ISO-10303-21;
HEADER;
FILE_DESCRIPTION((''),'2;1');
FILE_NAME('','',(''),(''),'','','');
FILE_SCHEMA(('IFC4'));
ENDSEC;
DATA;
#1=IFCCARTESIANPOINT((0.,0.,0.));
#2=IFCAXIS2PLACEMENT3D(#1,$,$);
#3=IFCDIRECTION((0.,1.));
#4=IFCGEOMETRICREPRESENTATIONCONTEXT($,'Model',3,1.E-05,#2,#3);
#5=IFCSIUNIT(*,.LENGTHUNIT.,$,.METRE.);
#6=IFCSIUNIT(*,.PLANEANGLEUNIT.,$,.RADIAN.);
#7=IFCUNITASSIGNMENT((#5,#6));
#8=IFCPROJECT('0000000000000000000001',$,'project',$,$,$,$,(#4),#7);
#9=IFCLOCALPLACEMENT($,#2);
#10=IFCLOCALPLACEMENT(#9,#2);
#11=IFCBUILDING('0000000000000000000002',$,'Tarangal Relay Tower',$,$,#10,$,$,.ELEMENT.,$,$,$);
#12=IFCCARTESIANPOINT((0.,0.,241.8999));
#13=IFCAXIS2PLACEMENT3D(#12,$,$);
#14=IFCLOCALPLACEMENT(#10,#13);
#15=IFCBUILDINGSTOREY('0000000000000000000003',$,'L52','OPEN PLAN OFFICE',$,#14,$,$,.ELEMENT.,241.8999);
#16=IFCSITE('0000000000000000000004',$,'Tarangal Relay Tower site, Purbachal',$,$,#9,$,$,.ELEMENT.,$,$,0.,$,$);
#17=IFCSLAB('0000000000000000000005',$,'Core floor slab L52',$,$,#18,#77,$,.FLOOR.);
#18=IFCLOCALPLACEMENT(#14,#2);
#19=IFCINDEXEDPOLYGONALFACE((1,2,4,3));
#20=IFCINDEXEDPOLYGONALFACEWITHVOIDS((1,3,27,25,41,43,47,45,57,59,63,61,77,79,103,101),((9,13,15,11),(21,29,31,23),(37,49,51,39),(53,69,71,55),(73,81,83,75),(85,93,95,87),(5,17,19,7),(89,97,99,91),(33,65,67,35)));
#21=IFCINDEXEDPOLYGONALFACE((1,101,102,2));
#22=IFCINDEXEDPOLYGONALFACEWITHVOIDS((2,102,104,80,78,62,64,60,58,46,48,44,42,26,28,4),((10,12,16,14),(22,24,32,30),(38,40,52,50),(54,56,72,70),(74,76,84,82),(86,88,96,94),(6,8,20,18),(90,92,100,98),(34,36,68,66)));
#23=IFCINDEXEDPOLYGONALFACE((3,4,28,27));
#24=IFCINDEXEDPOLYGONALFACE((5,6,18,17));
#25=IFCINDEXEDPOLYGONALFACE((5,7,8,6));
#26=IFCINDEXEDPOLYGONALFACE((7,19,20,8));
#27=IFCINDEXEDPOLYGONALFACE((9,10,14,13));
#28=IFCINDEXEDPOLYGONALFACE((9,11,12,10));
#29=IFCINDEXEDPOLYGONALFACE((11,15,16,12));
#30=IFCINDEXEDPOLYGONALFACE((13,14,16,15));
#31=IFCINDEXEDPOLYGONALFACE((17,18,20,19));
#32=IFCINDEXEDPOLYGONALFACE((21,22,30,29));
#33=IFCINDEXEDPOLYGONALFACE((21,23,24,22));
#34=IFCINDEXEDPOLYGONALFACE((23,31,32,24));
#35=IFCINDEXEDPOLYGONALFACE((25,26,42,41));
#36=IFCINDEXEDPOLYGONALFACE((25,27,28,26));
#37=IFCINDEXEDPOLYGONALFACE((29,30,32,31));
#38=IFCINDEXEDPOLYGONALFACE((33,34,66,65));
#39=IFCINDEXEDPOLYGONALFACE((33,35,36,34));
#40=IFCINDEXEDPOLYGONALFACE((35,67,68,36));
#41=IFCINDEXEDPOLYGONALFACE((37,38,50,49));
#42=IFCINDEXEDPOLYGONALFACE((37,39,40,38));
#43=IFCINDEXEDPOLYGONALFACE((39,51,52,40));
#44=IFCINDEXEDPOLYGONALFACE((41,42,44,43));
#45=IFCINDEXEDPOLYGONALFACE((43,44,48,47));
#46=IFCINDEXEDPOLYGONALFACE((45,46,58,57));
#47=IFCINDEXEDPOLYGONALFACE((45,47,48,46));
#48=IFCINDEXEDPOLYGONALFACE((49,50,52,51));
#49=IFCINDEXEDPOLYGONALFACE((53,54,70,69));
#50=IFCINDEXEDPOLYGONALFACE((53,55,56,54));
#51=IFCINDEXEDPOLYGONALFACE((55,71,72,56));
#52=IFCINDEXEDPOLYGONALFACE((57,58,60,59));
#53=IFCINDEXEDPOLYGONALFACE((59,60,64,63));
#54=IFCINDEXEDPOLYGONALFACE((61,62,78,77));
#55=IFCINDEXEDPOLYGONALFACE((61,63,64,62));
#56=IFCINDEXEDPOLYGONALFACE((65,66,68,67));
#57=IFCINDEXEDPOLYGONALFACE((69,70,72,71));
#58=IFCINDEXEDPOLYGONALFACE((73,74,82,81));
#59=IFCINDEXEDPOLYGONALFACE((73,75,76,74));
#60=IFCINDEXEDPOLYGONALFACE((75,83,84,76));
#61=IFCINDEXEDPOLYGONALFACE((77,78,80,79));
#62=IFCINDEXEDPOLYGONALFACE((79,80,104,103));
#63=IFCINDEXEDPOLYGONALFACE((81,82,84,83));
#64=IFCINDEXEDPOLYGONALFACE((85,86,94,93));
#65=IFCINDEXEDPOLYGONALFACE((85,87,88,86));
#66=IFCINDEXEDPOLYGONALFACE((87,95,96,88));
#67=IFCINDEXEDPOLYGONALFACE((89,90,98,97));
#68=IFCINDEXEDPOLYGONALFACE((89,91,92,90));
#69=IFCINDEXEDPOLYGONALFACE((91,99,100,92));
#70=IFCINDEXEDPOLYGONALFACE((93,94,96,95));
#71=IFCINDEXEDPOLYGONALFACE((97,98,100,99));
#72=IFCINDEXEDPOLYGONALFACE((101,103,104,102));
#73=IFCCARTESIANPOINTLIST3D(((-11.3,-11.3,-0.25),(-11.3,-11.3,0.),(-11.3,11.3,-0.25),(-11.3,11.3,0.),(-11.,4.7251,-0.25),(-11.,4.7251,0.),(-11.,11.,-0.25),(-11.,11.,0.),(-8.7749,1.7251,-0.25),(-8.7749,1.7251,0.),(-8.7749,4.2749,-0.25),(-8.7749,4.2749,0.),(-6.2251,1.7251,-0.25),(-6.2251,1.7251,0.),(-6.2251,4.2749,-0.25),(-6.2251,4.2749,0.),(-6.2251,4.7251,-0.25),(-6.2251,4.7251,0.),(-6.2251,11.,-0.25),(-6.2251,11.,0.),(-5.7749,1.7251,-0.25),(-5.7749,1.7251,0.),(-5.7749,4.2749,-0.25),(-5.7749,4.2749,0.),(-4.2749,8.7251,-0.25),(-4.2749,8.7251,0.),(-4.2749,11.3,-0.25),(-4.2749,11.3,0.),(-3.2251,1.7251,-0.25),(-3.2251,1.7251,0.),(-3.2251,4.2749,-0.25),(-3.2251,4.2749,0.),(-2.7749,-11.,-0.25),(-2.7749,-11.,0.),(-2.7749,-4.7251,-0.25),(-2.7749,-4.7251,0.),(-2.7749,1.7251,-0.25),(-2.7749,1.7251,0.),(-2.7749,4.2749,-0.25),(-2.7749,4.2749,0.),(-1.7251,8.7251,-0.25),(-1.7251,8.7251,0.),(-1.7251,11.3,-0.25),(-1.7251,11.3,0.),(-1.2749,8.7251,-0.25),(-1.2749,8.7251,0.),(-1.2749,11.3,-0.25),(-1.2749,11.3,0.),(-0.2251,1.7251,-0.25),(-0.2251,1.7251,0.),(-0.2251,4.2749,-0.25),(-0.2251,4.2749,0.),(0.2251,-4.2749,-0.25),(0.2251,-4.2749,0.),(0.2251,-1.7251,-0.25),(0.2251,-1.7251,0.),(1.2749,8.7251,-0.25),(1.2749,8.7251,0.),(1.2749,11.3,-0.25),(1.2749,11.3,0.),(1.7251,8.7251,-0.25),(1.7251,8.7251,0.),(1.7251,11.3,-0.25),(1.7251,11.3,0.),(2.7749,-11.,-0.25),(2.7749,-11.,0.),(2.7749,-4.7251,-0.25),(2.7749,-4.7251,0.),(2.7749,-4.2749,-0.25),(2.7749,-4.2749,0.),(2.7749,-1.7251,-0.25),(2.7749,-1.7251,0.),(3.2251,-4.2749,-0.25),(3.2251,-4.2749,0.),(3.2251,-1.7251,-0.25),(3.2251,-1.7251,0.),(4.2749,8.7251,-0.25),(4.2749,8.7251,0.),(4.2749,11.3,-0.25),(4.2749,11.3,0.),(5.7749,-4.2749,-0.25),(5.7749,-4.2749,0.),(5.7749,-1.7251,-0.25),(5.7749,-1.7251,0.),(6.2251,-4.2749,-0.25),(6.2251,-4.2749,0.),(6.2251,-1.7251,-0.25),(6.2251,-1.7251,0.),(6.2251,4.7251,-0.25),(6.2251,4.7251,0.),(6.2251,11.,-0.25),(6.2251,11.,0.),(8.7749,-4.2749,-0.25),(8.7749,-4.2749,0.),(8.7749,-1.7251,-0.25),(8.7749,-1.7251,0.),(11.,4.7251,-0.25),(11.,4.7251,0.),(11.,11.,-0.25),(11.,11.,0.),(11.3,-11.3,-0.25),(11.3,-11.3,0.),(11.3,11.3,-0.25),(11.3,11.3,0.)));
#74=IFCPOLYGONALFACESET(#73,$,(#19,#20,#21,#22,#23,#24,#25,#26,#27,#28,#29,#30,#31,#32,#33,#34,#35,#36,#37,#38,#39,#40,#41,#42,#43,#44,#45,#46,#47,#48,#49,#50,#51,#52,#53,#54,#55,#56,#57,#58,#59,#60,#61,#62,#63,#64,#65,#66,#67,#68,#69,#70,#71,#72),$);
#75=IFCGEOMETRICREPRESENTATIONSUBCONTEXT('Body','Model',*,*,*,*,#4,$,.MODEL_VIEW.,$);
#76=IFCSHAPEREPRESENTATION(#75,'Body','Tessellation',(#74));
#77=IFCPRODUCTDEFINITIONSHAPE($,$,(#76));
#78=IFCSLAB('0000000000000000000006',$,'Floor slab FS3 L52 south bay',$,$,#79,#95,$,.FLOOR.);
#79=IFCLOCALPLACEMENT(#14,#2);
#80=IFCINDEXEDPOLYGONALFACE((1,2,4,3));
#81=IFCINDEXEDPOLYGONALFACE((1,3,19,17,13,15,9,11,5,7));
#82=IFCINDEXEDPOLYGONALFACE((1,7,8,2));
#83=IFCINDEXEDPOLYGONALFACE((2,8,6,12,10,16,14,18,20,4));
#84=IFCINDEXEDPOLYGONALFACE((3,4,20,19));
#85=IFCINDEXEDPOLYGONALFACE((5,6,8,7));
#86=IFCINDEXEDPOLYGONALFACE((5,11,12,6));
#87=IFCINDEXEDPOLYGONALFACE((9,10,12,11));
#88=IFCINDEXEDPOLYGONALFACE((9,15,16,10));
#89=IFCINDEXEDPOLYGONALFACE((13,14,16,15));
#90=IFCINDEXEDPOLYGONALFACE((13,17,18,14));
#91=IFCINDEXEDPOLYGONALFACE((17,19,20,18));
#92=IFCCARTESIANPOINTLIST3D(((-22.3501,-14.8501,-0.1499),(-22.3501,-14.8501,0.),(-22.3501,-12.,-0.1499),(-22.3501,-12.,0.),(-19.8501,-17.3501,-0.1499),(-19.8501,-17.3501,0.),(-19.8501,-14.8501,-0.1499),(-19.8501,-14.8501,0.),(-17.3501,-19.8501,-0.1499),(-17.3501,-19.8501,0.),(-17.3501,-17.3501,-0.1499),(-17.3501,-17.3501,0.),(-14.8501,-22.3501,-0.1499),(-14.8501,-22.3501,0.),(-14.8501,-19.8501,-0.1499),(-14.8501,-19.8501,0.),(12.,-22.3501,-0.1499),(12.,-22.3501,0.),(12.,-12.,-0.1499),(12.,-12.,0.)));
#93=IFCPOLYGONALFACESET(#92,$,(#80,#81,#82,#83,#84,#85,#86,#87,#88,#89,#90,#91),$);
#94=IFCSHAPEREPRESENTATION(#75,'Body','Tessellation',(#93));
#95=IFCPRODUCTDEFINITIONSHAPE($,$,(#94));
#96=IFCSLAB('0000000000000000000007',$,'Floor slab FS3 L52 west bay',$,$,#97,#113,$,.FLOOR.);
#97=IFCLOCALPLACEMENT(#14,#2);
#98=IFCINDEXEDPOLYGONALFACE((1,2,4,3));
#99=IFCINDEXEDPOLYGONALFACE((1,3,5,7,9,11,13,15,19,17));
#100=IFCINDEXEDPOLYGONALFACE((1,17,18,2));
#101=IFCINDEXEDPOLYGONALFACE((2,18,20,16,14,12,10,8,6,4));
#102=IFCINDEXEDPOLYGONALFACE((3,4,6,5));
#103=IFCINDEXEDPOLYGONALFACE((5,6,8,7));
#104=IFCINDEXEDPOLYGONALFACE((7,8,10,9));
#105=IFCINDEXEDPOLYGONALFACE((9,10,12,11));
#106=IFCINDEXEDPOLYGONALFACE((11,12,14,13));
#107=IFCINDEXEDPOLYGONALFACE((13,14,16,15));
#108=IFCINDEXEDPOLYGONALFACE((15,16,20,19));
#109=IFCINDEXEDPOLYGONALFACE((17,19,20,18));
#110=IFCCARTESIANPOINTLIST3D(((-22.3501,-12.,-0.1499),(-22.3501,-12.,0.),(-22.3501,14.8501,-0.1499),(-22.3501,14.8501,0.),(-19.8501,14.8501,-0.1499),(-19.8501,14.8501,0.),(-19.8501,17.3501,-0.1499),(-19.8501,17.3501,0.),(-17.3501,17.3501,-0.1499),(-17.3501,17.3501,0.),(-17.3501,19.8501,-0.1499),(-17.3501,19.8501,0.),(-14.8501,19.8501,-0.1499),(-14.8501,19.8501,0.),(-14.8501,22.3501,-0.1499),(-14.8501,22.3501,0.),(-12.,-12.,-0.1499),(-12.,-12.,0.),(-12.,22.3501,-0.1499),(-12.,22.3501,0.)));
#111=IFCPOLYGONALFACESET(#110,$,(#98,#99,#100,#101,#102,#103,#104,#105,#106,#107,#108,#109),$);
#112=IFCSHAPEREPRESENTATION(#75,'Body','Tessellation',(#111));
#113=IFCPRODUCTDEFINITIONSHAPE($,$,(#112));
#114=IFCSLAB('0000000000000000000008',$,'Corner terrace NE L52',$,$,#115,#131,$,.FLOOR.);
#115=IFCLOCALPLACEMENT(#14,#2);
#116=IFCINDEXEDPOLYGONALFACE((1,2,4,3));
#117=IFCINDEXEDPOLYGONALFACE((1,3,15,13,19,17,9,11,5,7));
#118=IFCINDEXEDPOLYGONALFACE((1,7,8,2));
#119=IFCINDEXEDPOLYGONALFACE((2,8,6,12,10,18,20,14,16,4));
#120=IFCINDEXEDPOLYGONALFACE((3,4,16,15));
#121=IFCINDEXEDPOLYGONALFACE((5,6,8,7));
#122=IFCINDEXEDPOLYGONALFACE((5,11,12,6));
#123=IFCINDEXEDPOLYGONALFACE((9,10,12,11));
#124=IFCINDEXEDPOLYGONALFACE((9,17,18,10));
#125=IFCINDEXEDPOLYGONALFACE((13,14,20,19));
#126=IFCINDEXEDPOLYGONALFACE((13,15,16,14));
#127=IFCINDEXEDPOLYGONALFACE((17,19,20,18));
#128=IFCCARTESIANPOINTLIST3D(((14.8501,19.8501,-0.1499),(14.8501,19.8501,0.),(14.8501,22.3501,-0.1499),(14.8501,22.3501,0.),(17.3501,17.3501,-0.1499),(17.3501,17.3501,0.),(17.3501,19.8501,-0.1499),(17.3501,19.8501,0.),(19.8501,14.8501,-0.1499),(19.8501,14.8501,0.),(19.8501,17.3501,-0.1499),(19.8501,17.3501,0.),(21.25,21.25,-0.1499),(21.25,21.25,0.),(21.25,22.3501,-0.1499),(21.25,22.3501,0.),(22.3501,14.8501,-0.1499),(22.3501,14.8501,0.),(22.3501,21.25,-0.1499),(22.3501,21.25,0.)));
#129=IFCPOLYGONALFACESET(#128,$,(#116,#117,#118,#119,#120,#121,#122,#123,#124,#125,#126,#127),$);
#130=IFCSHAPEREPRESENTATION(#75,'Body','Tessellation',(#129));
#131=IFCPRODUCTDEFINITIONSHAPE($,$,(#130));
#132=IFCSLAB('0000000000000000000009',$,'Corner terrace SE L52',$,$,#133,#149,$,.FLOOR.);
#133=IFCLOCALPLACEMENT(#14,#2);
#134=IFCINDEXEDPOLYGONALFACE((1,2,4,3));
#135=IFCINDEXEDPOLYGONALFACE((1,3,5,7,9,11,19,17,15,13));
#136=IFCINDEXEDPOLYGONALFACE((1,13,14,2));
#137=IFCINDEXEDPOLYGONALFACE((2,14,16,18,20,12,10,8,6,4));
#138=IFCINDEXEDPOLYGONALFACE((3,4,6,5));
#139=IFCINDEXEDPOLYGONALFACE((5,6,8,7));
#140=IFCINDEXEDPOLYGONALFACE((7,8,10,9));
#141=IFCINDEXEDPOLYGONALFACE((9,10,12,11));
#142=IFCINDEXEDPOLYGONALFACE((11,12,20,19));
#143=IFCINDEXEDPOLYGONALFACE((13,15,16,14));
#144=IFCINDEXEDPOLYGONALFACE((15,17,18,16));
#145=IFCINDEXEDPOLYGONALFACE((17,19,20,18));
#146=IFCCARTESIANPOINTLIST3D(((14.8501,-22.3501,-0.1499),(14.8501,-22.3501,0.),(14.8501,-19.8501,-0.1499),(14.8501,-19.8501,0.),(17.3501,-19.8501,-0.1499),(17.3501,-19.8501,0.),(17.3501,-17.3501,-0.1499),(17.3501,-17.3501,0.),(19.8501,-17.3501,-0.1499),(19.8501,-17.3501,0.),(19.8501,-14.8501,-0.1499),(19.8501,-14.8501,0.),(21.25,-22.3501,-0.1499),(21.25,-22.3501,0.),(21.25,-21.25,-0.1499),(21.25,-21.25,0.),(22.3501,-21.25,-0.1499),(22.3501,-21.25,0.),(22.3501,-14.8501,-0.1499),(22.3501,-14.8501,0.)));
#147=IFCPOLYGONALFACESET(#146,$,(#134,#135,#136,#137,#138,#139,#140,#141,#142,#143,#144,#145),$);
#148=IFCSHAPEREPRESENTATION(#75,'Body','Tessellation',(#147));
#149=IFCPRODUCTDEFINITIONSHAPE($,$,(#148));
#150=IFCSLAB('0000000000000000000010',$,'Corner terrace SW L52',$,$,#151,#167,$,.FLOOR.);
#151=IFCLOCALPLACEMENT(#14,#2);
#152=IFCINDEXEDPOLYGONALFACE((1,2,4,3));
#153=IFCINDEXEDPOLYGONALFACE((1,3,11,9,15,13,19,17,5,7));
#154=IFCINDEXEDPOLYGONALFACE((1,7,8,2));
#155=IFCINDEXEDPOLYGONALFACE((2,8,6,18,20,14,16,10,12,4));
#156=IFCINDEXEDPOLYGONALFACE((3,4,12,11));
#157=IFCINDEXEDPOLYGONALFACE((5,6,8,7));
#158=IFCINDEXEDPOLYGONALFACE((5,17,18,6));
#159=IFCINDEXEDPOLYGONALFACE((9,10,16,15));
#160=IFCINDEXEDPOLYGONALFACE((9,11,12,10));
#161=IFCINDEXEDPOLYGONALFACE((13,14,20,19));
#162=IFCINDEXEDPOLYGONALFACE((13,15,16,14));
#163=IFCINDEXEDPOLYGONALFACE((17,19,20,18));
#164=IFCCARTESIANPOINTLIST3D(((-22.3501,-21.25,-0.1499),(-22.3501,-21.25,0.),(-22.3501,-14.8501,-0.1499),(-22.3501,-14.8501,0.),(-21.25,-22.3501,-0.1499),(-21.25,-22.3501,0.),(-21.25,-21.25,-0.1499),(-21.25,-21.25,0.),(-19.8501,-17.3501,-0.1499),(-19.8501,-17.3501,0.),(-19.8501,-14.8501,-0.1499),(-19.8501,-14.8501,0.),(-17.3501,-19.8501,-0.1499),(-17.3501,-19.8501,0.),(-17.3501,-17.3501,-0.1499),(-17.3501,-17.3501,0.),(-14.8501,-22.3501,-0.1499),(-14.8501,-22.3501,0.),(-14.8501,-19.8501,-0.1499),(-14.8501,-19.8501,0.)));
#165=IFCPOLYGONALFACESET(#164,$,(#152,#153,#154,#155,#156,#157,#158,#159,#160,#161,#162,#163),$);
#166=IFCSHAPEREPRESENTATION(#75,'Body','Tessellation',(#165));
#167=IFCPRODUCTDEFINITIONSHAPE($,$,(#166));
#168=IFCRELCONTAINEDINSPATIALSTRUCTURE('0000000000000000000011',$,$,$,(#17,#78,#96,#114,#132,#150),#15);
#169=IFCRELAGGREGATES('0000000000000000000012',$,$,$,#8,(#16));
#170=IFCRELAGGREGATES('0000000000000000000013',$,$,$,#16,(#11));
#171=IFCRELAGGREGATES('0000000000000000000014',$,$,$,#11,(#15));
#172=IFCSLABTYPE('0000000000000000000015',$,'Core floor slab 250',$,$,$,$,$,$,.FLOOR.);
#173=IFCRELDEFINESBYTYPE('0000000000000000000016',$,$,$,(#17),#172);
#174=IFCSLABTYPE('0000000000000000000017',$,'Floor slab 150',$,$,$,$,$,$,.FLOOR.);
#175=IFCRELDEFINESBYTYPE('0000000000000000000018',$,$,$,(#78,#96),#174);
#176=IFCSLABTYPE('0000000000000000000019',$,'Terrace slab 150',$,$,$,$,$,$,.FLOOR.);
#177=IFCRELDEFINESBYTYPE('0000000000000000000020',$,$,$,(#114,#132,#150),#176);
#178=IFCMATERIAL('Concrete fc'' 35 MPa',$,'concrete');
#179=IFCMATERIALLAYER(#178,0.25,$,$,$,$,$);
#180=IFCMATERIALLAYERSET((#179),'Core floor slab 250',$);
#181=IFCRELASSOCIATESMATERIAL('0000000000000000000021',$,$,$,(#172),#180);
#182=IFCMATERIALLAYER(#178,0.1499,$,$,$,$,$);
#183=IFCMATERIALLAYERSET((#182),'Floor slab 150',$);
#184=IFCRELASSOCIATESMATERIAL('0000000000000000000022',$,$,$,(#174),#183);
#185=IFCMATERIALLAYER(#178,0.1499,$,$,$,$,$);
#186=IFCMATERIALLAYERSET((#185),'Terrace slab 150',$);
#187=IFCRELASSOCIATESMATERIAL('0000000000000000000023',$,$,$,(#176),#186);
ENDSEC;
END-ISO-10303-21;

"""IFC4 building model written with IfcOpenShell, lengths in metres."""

from ifc_helpers import new_model, si_unit, direction, frame, origin, place, context, subcontext, project, spatial, polyline, outline, extrude, material, layer, layer_set, type_object, element, save


model = new_model("IFC4")

# Units and contexts
model_context = context("Model", 3, precision=1e-05, world=origin(), true_north=direction((0.0, 1.0)))
body_context = subcontext(model_context, "Body", "Model", "MODEL_VIEW")
ifc_project = project(units=[si_unit("LENGTHUNIT", "METRE"), si_unit("PLANEANGLEUNIT", "RADIAN")], contexts=[model_context])

# Site, building, storey
site_placement = place(None, origin())
site = spatial("IfcSite", under=ifc_project, at=site_placement, Name="Tarangal Relay Tower site, Purbachal", CompositionType="ELEMENT", RefElevation=0.0)
building_placement = place(site_placement, origin())
building = spatial("IfcBuilding", under=site, at=building_placement, Name="Tarangal Relay Tower", CompositionType="ELEMENT")
storey_placement = place(building_placement, frame((0.0, 0.0, 241.8999)))
storey = spatial("IfcBuildingStorey", under=building, at=storey_placement, Name="L52", Description="OPEN PLAN OFFICE", CompositionType="ELEMENT", Elevation=241.8999)

# Slabs
ifc_material_1 = material(Name="Concrete fc' 35 MPa", Category="concrete")
ifc_layer_1 = layer(ifc_material_1, 0.25)
ifc_layer_set_1 = layer_set([ifc_layer_1], Name="Core floor slab 250")
slab_type_1 = type_object("IfcSlabType", Name="Core floor slab 250", PredefinedType="FLOOR", material=ifc_layer_set_1)
slab_1_placement = place(storey_placement, frame((0.0, 0.0, -0.25)))
element("IfcSlab", 1, at=slab_1_placement, inside=storey, type_object=slab_type_1, Name="Core floor slab L52", PredefinedType="FLOOR", context=body_context, shape_type="SweptSolid", body=[
    extrude(outline(polyline([(11.3, 11.3), (11.3, -11.3), (-11.3, -11.3), (-11.3, 11.3), (-4.2749, 11.3), (-4.2749, 8.7251), (-1.7251, 8.7251), (-1.7251, 11.3), (-1.2749, 11.3), (-1.2749, 8.7251), (1.2749, 8.7251), (1.2749, 11.3), (1.7251, 11.3), (1.7251, 8.7251), (4.2749, 8.7251), (4.2749, 11.3), (11.3, 11.3)]), holes=[polyline([(-6.2251, 4.2749), (-8.7749, 4.2749), (-8.7749, 1.7251), (-6.2251, 1.7251), (-6.2251, 4.2749)]), polyline([(-3.2251, 1.7251), (-3.2251, 4.2749), (-5.7749, 4.2749), (-5.7749, 1.7251), (-3.2251, 1.7251)]), polyline([(-0.2251, 1.7251), (-0.2251, 4.2749), (-2.7749, 4.2749), (-2.7749, 1.7251), (-0.2251, 1.7251)]), polyline([(-6.2251, 11.0), (-11.0, 11.0), (-11.0, 4.7251), (-6.2251, 4.7251), (-6.2251, 11.0)]), polyline([(2.7749, -4.7251), (-2.7749, -4.7251), (-2.7749, -11.0), (2.7749, -11.0), (2.7749, -4.7251)]), polyline([(2.7749, -4.2749), (2.7749, -1.7251), (0.2251, -1.7251), (0.2251, -4.2749), (2.7749, -4.2749)]), polyline([(5.7749, -4.2749), (5.7749, -1.7251), (3.2251, -1.7251), (3.2251, -4.2749), (5.7749, -4.2749)]), polyline([(8.7749, -1.7251), (6.2251, -1.7251), (6.2251, -4.2749), (8.7749, -4.2749), (8.7749, -1.7251)]), polyline([(11.0, 4.7251), (11.0, 11.0), (6.2251, 11.0), (6.2251, 4.7251), (11.0, 4.7251)])]), origin(), (0.0, 0.0, 1.0), 0.25),
])
ifc_layer_2 = layer(ifc_material_1, 0.1499)
ifc_layer_set_2 = layer_set([ifc_layer_2], Name="Floor slab 150")
slab_type_2 = type_object("IfcSlabType", Name="Floor slab 150", PredefinedType="FLOOR", material=ifc_layer_set_2)
slab_2_placement = place(storey_placement, frame((0.0, 0.0, -0.1499)))
element("IfcSlab", 2, at=slab_2_placement, inside=storey, type_object=slab_type_2, Name="Floor slab FS3 L52 south bay", PredefinedType="FLOOR", context=body_context, shape_type="SweptSolid", body=[
    extrude(outline(polyline([(-14.8501, -22.3501), (-14.8501, -19.8501), (-17.3501, -19.8501), (-17.3501, -17.3501), (-19.8501, -17.3501), (-19.8501, -14.8501), (-22.3501, -14.8501), (-22.3501, -12.0), (12.0, -12.0), (12.0, -22.3501), (-14.8501, -22.3501)])), origin(), (0.0, 0.0, 1.0), 0.1499),
])
slab_3_placement = place(storey_placement, frame((0.0, 0.0, -0.1499)))
element("IfcSlab", 3, at=slab_3_placement, inside=storey, type_object=slab_type_2, Name="Floor slab FS3 L52 west bay", PredefinedType="FLOOR", context=body_context, shape_type="SweptSolid", body=[
    extrude(outline(polyline([(-12.0, 22.3501), (-12.0, -12.0), (-22.3501, -12.0), (-22.3501, 14.8501), (-19.8501, 14.8501), (-19.8501, 17.3501), (-17.3501, 17.3501), (-17.3501, 19.8501), (-14.8501, 19.8501), (-14.8501, 22.3501), (-12.0, 22.3501)])), origin(), (0.0, 0.0, 1.0), 0.1499),
])
ifc_layer_3 = layer(ifc_material_1, 0.1499)
ifc_layer_set_3 = layer_set([ifc_layer_3], Name="Terrace slab 150")
slab_type_3 = type_object("IfcSlabType", Name="Terrace slab 150", PredefinedType="FLOOR", material=ifc_layer_set_3)
slab_4_placement = place(storey_placement, frame((0.0, 0.0, -0.1499)))
element("IfcSlab", 4, at=slab_4_placement, inside=storey, type_object=slab_type_3, Name="Corner terrace NE L52", PredefinedType="FLOOR", context=body_context, shape_type="SweptSolid", body=[
    extrude(outline(polyline([(14.8501, 22.3501), (14.8501, 19.8501), (17.3501, 19.8501), (17.3501, 17.3501), (19.8501, 17.3501), (19.8501, 14.8501), (22.3501, 14.8501), (22.3501, 21.25), (21.25, 21.25), (21.25, 22.3501), (14.8501, 22.3501)])), origin(), (0.0, 0.0, 1.0), 0.1499),
])
slab_5_placement = place(storey_placement, frame((0.0, 0.0, -0.1499)))
element("IfcSlab", 5, at=slab_5_placement, inside=storey, type_object=slab_type_3, Name="Corner terrace SE L52", PredefinedType="FLOOR", context=body_context, shape_type="SweptSolid", body=[
    extrude(outline(polyline([(22.3501, -14.8501), (19.8501, -14.8501), (19.8501, -17.3501), (17.3501, -17.3501), (17.3501, -19.8501), (14.8501, -19.8501), (14.8501, -22.3501), (21.25, -22.3501), (21.25, -21.25), (22.3501, -21.25), (22.3501, -14.8501)])), origin(), (0.0, 0.0, 1.0), 0.1499),
])
slab_6_placement = place(storey_placement, frame((0.0, 0.0, -0.1499)))
element("IfcSlab", 6, at=slab_6_placement, inside=storey, type_object=slab_type_3, Name="Corner terrace SW L52", PredefinedType="FLOOR", context=body_context, shape_type="SweptSolid", body=[
    extrude(outline(polyline([(-14.8501, -22.3501), (-14.8501, -19.8501), (-17.3501, -19.8501), (-17.3501, -17.3501), (-19.8501, -17.3501), (-19.8501, -14.8501), (-22.3501, -14.8501), (-22.3501, -21.25), (-21.25, -21.25), (-21.25, -22.3501), (-14.8501, -22.3501)])), origin(), (0.0, 0.0, 1.0), 0.1499),
])

save(model, "model.ifc")
